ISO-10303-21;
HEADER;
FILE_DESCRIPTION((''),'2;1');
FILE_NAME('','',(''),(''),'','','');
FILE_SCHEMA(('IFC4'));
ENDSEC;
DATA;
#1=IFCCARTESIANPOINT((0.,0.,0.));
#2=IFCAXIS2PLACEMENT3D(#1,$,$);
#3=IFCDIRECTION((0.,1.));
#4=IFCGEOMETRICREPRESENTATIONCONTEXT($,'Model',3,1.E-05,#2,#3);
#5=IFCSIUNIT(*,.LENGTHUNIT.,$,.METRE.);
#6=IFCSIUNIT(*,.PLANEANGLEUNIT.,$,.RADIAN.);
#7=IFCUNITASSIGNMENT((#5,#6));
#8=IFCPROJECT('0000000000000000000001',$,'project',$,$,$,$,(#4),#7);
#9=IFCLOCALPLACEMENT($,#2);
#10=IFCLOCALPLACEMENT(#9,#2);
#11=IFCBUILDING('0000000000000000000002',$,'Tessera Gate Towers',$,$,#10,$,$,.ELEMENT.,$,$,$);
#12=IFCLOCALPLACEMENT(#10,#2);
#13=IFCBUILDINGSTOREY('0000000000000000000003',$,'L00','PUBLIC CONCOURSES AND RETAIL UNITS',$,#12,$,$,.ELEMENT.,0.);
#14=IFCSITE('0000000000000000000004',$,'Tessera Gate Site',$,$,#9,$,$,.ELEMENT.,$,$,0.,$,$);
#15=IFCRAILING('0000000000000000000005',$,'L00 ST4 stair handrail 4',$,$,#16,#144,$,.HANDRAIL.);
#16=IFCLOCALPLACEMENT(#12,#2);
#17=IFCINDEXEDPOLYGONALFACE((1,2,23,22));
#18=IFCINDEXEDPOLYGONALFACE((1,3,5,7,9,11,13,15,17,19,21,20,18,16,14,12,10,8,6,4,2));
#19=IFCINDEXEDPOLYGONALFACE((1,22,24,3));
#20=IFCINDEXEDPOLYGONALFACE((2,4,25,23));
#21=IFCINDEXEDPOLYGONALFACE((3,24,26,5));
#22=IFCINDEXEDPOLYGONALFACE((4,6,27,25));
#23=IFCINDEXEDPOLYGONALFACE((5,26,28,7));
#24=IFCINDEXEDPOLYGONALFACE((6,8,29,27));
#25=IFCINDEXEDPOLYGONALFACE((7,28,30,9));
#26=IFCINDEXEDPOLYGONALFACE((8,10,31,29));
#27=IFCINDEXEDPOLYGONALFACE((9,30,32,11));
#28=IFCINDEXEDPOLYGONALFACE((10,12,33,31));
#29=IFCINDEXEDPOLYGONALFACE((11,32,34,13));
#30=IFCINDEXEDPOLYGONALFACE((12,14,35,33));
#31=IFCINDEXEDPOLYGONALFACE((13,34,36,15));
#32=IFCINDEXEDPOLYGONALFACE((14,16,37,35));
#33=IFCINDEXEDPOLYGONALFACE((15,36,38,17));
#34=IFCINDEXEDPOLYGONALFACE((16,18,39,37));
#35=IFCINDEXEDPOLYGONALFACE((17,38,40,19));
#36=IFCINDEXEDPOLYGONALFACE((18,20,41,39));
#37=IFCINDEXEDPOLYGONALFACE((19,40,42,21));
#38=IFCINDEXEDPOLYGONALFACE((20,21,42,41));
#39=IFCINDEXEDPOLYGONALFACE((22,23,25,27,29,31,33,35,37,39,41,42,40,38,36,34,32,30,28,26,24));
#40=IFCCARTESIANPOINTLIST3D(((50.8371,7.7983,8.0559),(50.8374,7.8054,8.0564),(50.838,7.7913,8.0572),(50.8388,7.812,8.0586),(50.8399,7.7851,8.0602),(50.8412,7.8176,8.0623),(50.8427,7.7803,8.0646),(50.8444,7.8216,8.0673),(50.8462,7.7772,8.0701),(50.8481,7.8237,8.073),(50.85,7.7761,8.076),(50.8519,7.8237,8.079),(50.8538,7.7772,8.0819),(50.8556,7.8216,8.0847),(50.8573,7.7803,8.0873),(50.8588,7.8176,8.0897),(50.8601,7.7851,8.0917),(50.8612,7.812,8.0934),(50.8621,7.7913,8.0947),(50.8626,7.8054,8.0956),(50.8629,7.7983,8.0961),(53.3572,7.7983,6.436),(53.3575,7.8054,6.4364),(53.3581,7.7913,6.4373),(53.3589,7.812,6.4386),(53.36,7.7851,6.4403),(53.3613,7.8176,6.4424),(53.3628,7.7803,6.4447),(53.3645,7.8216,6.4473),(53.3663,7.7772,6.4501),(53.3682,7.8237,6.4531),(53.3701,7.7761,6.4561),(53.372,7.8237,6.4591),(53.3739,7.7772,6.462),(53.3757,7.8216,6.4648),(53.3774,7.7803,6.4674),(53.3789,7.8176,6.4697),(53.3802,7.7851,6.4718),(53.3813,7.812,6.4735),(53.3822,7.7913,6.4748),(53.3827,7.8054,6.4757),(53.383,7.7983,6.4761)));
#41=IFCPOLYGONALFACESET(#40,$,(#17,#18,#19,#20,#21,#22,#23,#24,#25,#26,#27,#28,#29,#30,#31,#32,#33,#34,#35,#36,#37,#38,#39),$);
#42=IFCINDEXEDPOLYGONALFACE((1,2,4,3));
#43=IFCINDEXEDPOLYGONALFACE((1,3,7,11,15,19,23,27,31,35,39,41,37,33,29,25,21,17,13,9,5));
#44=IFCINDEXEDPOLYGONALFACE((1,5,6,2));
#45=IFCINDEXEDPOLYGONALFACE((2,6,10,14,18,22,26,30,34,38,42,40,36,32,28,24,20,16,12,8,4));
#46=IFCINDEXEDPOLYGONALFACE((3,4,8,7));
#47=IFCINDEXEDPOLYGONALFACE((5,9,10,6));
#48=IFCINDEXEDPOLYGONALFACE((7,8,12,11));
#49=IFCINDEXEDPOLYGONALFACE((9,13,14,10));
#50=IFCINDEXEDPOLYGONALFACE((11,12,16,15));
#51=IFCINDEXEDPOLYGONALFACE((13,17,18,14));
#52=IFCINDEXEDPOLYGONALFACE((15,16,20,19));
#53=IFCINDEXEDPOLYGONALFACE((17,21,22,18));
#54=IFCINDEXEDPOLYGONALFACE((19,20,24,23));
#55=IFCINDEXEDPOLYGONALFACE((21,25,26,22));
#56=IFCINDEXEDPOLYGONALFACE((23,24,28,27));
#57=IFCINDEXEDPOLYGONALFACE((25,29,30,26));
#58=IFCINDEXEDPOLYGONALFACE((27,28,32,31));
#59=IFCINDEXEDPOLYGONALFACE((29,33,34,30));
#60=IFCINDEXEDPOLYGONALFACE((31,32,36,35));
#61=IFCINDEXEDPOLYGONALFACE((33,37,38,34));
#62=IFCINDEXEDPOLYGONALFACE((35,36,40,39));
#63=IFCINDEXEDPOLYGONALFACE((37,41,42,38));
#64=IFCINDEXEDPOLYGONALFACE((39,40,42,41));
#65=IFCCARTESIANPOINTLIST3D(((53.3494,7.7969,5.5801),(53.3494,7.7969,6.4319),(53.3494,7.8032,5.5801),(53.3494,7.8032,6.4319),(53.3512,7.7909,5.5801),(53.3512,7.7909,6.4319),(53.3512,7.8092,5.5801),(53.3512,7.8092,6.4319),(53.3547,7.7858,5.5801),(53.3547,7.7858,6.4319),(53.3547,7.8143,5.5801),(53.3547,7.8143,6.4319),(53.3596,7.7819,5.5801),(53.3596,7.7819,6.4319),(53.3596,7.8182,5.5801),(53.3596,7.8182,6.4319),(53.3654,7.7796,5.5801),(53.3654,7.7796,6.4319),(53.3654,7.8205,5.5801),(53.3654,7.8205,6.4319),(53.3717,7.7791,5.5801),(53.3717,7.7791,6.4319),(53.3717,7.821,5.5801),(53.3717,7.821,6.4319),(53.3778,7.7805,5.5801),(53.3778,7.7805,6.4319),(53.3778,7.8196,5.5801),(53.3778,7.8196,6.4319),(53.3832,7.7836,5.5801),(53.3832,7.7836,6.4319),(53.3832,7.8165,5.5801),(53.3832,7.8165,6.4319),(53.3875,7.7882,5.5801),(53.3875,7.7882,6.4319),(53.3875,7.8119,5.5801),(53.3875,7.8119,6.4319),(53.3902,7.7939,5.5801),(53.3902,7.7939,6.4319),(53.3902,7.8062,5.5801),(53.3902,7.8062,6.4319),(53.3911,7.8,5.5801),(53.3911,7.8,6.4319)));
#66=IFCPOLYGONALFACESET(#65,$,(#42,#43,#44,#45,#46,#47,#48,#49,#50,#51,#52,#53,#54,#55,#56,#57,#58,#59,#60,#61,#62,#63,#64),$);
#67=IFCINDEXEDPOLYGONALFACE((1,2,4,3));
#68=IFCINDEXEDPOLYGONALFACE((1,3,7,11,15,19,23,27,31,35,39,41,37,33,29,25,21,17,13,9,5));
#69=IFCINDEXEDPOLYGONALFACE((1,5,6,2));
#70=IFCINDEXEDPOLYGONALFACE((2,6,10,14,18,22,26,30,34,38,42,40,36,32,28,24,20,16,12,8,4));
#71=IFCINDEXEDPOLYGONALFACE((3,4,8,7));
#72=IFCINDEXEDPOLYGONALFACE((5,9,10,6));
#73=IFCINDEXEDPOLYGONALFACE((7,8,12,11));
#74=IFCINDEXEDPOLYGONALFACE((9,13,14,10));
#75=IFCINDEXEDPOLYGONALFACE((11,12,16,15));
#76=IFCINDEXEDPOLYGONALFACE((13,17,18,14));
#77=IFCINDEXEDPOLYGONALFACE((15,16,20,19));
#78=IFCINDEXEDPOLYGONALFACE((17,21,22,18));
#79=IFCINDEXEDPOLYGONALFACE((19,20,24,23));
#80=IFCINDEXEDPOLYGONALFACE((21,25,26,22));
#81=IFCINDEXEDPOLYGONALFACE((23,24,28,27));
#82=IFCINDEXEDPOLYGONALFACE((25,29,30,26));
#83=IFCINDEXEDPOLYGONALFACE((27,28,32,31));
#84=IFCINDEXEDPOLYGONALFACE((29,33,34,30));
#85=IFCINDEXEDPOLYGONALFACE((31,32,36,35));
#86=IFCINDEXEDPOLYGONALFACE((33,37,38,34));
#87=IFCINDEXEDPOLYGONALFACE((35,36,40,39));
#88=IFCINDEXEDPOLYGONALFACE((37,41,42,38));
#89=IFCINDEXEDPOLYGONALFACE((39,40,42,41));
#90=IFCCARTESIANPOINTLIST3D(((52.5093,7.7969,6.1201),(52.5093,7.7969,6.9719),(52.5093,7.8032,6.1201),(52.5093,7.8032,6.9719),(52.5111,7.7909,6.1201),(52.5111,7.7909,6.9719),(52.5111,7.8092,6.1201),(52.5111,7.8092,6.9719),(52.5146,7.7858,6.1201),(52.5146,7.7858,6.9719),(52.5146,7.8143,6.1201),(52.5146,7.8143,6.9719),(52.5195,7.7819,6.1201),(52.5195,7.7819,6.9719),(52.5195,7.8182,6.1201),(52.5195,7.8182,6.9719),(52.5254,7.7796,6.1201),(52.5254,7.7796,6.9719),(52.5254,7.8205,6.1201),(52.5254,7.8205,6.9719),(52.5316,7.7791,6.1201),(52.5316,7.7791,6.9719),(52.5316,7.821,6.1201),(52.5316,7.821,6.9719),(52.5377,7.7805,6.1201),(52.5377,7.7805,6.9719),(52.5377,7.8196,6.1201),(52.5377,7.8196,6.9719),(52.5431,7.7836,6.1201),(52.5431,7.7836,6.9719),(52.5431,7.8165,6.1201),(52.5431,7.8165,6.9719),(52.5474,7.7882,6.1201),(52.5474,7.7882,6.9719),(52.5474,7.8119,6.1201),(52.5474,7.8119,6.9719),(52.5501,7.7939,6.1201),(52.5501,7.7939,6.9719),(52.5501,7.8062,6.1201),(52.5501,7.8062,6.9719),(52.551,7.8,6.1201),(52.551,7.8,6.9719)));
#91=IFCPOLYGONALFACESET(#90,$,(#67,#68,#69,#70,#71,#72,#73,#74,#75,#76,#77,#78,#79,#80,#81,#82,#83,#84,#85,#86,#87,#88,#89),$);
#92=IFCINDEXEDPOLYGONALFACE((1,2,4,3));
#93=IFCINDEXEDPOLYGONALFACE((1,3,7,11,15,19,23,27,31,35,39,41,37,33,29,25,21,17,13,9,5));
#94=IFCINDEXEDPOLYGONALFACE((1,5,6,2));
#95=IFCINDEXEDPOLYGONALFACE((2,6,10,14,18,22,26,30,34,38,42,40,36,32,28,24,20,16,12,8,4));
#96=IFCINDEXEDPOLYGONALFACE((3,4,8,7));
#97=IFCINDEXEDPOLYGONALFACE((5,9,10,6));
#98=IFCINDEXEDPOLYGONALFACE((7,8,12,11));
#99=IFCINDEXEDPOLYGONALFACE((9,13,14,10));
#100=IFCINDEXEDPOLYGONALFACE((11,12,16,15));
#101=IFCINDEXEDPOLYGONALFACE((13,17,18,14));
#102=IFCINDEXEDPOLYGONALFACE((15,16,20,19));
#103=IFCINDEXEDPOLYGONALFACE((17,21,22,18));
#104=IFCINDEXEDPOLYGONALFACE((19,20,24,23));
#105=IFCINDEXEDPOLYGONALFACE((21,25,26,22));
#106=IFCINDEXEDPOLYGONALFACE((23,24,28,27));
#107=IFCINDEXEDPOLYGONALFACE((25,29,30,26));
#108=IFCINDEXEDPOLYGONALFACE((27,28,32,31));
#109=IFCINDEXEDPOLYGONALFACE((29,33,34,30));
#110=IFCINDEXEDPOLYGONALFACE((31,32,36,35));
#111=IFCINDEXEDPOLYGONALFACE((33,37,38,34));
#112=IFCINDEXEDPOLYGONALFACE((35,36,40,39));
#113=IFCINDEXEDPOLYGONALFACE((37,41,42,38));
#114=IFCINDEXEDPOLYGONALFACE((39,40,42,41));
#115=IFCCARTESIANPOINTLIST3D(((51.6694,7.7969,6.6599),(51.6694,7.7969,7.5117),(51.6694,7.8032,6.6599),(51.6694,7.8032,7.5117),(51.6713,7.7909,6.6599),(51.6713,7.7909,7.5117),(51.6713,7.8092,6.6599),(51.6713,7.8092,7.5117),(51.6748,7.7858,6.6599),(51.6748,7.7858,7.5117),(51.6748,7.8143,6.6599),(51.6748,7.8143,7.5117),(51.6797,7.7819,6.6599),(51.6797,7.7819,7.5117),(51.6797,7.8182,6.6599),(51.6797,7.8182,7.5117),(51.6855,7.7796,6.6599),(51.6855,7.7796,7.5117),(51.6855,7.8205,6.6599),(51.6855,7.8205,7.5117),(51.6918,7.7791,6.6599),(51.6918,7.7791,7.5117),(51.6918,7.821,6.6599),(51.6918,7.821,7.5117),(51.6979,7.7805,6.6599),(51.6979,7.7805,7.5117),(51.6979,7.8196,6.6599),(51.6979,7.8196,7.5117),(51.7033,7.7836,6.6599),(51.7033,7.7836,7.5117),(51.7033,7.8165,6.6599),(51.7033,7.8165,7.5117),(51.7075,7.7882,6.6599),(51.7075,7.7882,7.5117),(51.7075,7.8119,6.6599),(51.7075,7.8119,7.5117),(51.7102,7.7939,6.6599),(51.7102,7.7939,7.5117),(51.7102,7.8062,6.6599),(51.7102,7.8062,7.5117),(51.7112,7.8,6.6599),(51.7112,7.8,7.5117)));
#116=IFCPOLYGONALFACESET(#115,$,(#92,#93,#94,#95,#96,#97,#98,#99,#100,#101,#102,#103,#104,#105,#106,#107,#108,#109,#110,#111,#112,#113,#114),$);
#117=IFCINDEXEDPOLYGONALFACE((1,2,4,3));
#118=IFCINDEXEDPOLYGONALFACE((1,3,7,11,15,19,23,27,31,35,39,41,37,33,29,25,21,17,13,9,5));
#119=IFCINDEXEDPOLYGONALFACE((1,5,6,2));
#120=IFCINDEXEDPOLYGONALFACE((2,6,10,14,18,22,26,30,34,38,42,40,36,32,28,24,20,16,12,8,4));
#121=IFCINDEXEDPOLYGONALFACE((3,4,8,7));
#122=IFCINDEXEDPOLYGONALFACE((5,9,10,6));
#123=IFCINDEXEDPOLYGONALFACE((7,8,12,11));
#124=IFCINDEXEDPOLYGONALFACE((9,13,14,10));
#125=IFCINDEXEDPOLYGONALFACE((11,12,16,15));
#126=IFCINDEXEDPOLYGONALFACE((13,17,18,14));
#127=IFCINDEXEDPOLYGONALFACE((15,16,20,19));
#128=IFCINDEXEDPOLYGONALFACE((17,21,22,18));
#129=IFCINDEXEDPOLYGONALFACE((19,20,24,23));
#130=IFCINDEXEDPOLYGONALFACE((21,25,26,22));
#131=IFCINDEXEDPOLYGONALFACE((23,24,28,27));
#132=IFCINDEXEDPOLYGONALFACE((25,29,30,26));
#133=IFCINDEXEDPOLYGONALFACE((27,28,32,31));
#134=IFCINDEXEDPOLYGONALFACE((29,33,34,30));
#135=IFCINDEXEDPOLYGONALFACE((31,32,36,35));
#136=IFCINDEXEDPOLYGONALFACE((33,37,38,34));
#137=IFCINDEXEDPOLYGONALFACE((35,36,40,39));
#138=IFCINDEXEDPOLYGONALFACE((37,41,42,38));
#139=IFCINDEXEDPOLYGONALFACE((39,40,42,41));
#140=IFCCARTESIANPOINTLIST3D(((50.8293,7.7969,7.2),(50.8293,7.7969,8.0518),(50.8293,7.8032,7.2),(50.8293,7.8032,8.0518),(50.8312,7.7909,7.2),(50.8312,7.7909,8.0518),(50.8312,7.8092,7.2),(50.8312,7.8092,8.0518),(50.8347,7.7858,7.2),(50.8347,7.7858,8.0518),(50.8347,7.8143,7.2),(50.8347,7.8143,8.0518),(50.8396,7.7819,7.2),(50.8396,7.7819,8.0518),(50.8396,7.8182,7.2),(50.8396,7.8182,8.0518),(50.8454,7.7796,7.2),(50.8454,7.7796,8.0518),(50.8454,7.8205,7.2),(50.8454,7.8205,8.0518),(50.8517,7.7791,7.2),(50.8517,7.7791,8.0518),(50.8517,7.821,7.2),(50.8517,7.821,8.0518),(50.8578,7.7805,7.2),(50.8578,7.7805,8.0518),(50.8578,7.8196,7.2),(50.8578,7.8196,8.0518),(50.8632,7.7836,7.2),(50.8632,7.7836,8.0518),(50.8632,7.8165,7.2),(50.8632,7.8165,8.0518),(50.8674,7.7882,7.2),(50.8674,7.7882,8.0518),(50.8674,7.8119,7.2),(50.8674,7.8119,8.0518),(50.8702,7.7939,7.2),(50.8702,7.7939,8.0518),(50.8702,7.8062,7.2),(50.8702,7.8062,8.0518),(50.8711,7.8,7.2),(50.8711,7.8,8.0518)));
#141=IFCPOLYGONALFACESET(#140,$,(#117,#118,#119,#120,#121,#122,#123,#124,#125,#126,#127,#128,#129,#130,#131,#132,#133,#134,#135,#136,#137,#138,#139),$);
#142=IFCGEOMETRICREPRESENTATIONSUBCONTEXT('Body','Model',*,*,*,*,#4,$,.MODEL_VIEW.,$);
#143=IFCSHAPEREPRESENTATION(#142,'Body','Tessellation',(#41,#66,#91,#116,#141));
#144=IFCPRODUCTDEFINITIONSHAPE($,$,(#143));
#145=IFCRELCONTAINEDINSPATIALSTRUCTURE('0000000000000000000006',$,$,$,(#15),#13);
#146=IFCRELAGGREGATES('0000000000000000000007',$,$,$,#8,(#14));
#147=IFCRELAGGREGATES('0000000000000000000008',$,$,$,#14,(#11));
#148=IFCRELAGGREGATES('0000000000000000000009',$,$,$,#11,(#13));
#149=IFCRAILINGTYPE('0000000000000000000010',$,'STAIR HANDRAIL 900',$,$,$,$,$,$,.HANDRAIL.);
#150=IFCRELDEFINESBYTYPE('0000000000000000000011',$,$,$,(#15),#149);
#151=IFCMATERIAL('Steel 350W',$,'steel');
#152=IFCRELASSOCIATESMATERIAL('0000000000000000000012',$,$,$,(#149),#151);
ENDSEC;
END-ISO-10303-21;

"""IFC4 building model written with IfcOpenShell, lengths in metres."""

from ifc_helpers import new_model, si_unit, direction, frame, origin, origin_2d, place, context, subcontext, project, spatial, circle, extrude, material, type_object, element, save


model = new_model("IFC4")

# Units and contexts
model_context = context("Model", 3, precision=1e-05, world=origin(), true_north=direction((0.0, 1.0)))
body_context = subcontext(model_context, "Body", "Model", "MODEL_VIEW")
ifc_project = project(units=[si_unit("LENGTHUNIT", "METRE"), si_unit("PLANEANGLEUNIT", "RADIAN")], contexts=[model_context])

# Site, building, storey
site_placement = place(None, origin())
site = spatial("IfcSite", under=ifc_project, at=site_placement, Name="Tessera Gate Site", CompositionType="ELEMENT", RefElevation=0.0)
building_placement = place(site_placement, origin())
building = spatial("IfcBuilding", under=site, at=building_placement, Name="Tessera Gate Towers", CompositionType="ELEMENT")
storey_placement = place(building_placement, origin())
storey = spatial("IfcBuildingStorey", under=building, at=storey_placement, Name="L00", Description="PUBLIC CONCOURSES AND RETAIL UNITS", CompositionType="ELEMENT", Elevation=0.0)

# Railing
ifc_material_1 = material(Name="Steel 350W", Category="steel")
railing_type_1 = type_object("IfcRailingType", Name="STAIR HANDRAIL 900", PredefinedType="HANDRAIL", material=ifc_material_1)
railing_1_placement = place(storey_placement, frame((53.3701, 7.8, 5.5801)))
element("IfcRailing", 1, at=railing_1_placement, inside=storey, type_object=railing_type_1, Name="L00 ST4 stair handrail 4", PredefinedType="HANDRAIL", context=body_context, shape_type="SweptSolid", body=[
    extrude(circle(Radius=0.0239, at=origin_2d()), frame((0.0, 0.0, 0.876), z_axis=(-0.8412, 0.0, 0.540725), x_axis=(0.0, -1.0, 0.0)), (0.0, 0.0, 1.0), 2.9958),
    extrude(circle(Radius=0.021, at=origin_2d()), origin(), (0.0, 0.0, 1.0), 0.8518),
    extrude(circle(Radius=0.021, at=origin_2d()), frame((-0.8401, 0.0, 0.54)), (0.0, 0.0, 1.0), 0.8518),
    extrude(circle(Radius=0.021, at=origin_2d()), frame((-1.6799, 0.0, 1.0798)), (0.0, 0.0, 1.0), 0.8518),
    extrude(circle(Radius=0.021, at=origin_2d()), frame((-2.52, 0.0, 1.6199)), (0.0, 0.0, 1.0), 0.8518),
])

save(model, "model.ifc")
